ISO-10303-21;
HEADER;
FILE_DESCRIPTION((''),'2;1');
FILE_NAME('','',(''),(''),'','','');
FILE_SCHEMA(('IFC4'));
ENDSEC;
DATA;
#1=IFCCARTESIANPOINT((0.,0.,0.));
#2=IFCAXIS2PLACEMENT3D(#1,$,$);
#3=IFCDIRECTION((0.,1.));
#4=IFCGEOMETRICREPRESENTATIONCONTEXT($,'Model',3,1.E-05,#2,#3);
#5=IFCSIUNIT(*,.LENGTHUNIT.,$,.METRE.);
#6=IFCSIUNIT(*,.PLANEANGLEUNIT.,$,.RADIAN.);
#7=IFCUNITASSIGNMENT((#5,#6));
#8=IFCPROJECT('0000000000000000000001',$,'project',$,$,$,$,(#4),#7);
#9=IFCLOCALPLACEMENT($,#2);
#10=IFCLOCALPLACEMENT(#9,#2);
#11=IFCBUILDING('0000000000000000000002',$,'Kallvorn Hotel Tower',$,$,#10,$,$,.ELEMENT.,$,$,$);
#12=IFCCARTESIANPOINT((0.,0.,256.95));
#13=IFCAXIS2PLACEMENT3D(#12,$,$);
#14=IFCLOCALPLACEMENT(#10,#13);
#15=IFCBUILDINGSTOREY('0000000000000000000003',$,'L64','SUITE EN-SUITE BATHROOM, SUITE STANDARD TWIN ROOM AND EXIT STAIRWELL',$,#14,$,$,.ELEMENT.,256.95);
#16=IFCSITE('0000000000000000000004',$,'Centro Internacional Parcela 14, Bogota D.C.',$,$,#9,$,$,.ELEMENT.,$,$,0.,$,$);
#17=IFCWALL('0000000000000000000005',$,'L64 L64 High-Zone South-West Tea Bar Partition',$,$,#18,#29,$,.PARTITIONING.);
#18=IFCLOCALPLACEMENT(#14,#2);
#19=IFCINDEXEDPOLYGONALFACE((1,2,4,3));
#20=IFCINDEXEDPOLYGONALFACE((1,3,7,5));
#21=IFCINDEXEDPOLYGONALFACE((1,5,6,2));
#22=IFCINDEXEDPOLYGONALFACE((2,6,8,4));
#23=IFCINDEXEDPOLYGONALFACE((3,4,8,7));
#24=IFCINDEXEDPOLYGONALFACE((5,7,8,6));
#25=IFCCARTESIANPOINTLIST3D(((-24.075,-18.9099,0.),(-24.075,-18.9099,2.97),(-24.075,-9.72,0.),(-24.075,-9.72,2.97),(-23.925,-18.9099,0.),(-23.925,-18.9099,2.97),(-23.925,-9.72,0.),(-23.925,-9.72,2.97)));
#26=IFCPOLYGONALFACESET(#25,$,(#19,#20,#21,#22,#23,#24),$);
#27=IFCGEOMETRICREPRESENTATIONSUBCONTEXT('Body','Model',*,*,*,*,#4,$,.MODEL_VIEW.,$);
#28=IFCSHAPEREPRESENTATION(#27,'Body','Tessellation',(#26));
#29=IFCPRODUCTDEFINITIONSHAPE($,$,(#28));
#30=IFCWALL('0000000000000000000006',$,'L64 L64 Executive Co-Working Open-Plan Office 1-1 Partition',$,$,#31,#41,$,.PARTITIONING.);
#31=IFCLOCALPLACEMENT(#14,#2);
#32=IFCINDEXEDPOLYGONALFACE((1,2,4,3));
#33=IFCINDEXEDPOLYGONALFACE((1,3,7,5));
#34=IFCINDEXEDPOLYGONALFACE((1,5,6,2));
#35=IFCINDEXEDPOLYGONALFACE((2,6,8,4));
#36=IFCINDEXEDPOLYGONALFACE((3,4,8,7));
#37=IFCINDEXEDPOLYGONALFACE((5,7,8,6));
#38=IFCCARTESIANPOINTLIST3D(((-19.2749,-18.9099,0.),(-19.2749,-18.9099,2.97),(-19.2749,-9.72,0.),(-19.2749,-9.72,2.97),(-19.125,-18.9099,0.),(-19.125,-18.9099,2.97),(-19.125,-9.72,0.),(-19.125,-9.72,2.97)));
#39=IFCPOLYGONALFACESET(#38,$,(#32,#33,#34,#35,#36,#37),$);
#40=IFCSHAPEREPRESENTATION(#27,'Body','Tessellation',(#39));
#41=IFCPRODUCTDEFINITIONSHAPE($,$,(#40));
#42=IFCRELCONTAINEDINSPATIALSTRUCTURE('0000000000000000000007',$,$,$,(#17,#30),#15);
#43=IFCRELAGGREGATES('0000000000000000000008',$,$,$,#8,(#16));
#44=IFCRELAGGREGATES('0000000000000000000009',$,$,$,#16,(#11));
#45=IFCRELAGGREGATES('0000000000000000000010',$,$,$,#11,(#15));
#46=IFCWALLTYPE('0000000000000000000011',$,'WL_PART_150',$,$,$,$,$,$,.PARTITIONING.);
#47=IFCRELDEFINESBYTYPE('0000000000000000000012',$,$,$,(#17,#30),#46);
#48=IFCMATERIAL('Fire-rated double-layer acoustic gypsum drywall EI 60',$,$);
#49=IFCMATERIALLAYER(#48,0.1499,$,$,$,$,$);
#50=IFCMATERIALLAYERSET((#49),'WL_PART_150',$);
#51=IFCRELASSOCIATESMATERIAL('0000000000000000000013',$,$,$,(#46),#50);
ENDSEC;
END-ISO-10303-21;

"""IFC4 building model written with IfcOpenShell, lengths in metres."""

from ifc_helpers import new_model, si_unit, direction, frame, frame_2d, origin, place, context, subcontext, project, spatial, rectangle, extrude, material, layer, layer_set, type_object, element, save


model = new_model("IFC4")

# Units and contexts
model_context = context("Model", 3, precision=1e-05, world=origin(), true_north=direction((0.0, 1.0)))
body_context = subcontext(model_context, "Body", "Model", "MODEL_VIEW")
ifc_project = project(units=[si_unit("LENGTHUNIT", "METRE"), si_unit("PLANEANGLEUNIT", "RADIAN")], contexts=[model_context])

# Site, building, storey
site_placement = place(None, origin())
site = spatial("IfcSite", under=ifc_project, at=site_placement, Name="Centro Internacional Parcela 14, Bogota D.C.", CompositionType="ELEMENT", RefElevation=0.0)
building_placement = place(site_placement, origin())
building = spatial("IfcBuilding", under=site, at=building_placement, Name="Kallvorn Hotel Tower", CompositionType="ELEMENT")
storey_placement = place(building_placement, frame((0.0, 0.0, 256.95)))
storey = spatial("IfcBuildingStorey", under=building, at=storey_placement, Name="L64", Description="SUITE EN-SUITE BATHROOM, SUITE STANDARD TWIN ROOM AND EXIT STAIRWELL", CompositionType="ELEMENT", Elevation=256.95)

# Shared definitions
ifc_material_1 = material(Name="Fire-rated double-layer acoustic gypsum drywall EI 60")
ifc_layer_1 = layer(ifc_material_1, 0.1499)
ifc_layer_set_1 = layer_set([ifc_layer_1], Name="WL_PART_150")
wall_type_1 = type_object("IfcWallType", Name="WL_PART_150", PredefinedType="PARTITIONING", material=ifc_layer_set_1)

# Walls
for number, where, z_axis, x_axis, name in (
    (1, (-24.0, -18.9099, 0.0), (0.0, 0.0, 1.0), (0.0, 1.0, 0.0), "L64 L64 High-Zone South-West Tea Bar Partition"),
    (2, (-19.2, -18.9099, 0.0), (0.0, 0.0, 1.0), (0.0, 1.0, 0.0), "L64 L64 Executive Co-Working Open-Plan Office 1-1 Partition"),
):
    element("IfcWall", number, at=place(storey_placement, frame(where, z_axis=z_axis, x_axis=x_axis)), inside=storey, type_object=wall_type_1, Name=name, PredefinedType="PARTITIONING", context=body_context, shape_type="SweptSolid", body=[
        extrude(rectangle(XDim=9.1899, YDim=0.1499, at=frame_2d((4.595, 0.0))), origin(), (0.0, 0.0, 1.0), 2.97),
    ])

save(model, "model.ifc")
